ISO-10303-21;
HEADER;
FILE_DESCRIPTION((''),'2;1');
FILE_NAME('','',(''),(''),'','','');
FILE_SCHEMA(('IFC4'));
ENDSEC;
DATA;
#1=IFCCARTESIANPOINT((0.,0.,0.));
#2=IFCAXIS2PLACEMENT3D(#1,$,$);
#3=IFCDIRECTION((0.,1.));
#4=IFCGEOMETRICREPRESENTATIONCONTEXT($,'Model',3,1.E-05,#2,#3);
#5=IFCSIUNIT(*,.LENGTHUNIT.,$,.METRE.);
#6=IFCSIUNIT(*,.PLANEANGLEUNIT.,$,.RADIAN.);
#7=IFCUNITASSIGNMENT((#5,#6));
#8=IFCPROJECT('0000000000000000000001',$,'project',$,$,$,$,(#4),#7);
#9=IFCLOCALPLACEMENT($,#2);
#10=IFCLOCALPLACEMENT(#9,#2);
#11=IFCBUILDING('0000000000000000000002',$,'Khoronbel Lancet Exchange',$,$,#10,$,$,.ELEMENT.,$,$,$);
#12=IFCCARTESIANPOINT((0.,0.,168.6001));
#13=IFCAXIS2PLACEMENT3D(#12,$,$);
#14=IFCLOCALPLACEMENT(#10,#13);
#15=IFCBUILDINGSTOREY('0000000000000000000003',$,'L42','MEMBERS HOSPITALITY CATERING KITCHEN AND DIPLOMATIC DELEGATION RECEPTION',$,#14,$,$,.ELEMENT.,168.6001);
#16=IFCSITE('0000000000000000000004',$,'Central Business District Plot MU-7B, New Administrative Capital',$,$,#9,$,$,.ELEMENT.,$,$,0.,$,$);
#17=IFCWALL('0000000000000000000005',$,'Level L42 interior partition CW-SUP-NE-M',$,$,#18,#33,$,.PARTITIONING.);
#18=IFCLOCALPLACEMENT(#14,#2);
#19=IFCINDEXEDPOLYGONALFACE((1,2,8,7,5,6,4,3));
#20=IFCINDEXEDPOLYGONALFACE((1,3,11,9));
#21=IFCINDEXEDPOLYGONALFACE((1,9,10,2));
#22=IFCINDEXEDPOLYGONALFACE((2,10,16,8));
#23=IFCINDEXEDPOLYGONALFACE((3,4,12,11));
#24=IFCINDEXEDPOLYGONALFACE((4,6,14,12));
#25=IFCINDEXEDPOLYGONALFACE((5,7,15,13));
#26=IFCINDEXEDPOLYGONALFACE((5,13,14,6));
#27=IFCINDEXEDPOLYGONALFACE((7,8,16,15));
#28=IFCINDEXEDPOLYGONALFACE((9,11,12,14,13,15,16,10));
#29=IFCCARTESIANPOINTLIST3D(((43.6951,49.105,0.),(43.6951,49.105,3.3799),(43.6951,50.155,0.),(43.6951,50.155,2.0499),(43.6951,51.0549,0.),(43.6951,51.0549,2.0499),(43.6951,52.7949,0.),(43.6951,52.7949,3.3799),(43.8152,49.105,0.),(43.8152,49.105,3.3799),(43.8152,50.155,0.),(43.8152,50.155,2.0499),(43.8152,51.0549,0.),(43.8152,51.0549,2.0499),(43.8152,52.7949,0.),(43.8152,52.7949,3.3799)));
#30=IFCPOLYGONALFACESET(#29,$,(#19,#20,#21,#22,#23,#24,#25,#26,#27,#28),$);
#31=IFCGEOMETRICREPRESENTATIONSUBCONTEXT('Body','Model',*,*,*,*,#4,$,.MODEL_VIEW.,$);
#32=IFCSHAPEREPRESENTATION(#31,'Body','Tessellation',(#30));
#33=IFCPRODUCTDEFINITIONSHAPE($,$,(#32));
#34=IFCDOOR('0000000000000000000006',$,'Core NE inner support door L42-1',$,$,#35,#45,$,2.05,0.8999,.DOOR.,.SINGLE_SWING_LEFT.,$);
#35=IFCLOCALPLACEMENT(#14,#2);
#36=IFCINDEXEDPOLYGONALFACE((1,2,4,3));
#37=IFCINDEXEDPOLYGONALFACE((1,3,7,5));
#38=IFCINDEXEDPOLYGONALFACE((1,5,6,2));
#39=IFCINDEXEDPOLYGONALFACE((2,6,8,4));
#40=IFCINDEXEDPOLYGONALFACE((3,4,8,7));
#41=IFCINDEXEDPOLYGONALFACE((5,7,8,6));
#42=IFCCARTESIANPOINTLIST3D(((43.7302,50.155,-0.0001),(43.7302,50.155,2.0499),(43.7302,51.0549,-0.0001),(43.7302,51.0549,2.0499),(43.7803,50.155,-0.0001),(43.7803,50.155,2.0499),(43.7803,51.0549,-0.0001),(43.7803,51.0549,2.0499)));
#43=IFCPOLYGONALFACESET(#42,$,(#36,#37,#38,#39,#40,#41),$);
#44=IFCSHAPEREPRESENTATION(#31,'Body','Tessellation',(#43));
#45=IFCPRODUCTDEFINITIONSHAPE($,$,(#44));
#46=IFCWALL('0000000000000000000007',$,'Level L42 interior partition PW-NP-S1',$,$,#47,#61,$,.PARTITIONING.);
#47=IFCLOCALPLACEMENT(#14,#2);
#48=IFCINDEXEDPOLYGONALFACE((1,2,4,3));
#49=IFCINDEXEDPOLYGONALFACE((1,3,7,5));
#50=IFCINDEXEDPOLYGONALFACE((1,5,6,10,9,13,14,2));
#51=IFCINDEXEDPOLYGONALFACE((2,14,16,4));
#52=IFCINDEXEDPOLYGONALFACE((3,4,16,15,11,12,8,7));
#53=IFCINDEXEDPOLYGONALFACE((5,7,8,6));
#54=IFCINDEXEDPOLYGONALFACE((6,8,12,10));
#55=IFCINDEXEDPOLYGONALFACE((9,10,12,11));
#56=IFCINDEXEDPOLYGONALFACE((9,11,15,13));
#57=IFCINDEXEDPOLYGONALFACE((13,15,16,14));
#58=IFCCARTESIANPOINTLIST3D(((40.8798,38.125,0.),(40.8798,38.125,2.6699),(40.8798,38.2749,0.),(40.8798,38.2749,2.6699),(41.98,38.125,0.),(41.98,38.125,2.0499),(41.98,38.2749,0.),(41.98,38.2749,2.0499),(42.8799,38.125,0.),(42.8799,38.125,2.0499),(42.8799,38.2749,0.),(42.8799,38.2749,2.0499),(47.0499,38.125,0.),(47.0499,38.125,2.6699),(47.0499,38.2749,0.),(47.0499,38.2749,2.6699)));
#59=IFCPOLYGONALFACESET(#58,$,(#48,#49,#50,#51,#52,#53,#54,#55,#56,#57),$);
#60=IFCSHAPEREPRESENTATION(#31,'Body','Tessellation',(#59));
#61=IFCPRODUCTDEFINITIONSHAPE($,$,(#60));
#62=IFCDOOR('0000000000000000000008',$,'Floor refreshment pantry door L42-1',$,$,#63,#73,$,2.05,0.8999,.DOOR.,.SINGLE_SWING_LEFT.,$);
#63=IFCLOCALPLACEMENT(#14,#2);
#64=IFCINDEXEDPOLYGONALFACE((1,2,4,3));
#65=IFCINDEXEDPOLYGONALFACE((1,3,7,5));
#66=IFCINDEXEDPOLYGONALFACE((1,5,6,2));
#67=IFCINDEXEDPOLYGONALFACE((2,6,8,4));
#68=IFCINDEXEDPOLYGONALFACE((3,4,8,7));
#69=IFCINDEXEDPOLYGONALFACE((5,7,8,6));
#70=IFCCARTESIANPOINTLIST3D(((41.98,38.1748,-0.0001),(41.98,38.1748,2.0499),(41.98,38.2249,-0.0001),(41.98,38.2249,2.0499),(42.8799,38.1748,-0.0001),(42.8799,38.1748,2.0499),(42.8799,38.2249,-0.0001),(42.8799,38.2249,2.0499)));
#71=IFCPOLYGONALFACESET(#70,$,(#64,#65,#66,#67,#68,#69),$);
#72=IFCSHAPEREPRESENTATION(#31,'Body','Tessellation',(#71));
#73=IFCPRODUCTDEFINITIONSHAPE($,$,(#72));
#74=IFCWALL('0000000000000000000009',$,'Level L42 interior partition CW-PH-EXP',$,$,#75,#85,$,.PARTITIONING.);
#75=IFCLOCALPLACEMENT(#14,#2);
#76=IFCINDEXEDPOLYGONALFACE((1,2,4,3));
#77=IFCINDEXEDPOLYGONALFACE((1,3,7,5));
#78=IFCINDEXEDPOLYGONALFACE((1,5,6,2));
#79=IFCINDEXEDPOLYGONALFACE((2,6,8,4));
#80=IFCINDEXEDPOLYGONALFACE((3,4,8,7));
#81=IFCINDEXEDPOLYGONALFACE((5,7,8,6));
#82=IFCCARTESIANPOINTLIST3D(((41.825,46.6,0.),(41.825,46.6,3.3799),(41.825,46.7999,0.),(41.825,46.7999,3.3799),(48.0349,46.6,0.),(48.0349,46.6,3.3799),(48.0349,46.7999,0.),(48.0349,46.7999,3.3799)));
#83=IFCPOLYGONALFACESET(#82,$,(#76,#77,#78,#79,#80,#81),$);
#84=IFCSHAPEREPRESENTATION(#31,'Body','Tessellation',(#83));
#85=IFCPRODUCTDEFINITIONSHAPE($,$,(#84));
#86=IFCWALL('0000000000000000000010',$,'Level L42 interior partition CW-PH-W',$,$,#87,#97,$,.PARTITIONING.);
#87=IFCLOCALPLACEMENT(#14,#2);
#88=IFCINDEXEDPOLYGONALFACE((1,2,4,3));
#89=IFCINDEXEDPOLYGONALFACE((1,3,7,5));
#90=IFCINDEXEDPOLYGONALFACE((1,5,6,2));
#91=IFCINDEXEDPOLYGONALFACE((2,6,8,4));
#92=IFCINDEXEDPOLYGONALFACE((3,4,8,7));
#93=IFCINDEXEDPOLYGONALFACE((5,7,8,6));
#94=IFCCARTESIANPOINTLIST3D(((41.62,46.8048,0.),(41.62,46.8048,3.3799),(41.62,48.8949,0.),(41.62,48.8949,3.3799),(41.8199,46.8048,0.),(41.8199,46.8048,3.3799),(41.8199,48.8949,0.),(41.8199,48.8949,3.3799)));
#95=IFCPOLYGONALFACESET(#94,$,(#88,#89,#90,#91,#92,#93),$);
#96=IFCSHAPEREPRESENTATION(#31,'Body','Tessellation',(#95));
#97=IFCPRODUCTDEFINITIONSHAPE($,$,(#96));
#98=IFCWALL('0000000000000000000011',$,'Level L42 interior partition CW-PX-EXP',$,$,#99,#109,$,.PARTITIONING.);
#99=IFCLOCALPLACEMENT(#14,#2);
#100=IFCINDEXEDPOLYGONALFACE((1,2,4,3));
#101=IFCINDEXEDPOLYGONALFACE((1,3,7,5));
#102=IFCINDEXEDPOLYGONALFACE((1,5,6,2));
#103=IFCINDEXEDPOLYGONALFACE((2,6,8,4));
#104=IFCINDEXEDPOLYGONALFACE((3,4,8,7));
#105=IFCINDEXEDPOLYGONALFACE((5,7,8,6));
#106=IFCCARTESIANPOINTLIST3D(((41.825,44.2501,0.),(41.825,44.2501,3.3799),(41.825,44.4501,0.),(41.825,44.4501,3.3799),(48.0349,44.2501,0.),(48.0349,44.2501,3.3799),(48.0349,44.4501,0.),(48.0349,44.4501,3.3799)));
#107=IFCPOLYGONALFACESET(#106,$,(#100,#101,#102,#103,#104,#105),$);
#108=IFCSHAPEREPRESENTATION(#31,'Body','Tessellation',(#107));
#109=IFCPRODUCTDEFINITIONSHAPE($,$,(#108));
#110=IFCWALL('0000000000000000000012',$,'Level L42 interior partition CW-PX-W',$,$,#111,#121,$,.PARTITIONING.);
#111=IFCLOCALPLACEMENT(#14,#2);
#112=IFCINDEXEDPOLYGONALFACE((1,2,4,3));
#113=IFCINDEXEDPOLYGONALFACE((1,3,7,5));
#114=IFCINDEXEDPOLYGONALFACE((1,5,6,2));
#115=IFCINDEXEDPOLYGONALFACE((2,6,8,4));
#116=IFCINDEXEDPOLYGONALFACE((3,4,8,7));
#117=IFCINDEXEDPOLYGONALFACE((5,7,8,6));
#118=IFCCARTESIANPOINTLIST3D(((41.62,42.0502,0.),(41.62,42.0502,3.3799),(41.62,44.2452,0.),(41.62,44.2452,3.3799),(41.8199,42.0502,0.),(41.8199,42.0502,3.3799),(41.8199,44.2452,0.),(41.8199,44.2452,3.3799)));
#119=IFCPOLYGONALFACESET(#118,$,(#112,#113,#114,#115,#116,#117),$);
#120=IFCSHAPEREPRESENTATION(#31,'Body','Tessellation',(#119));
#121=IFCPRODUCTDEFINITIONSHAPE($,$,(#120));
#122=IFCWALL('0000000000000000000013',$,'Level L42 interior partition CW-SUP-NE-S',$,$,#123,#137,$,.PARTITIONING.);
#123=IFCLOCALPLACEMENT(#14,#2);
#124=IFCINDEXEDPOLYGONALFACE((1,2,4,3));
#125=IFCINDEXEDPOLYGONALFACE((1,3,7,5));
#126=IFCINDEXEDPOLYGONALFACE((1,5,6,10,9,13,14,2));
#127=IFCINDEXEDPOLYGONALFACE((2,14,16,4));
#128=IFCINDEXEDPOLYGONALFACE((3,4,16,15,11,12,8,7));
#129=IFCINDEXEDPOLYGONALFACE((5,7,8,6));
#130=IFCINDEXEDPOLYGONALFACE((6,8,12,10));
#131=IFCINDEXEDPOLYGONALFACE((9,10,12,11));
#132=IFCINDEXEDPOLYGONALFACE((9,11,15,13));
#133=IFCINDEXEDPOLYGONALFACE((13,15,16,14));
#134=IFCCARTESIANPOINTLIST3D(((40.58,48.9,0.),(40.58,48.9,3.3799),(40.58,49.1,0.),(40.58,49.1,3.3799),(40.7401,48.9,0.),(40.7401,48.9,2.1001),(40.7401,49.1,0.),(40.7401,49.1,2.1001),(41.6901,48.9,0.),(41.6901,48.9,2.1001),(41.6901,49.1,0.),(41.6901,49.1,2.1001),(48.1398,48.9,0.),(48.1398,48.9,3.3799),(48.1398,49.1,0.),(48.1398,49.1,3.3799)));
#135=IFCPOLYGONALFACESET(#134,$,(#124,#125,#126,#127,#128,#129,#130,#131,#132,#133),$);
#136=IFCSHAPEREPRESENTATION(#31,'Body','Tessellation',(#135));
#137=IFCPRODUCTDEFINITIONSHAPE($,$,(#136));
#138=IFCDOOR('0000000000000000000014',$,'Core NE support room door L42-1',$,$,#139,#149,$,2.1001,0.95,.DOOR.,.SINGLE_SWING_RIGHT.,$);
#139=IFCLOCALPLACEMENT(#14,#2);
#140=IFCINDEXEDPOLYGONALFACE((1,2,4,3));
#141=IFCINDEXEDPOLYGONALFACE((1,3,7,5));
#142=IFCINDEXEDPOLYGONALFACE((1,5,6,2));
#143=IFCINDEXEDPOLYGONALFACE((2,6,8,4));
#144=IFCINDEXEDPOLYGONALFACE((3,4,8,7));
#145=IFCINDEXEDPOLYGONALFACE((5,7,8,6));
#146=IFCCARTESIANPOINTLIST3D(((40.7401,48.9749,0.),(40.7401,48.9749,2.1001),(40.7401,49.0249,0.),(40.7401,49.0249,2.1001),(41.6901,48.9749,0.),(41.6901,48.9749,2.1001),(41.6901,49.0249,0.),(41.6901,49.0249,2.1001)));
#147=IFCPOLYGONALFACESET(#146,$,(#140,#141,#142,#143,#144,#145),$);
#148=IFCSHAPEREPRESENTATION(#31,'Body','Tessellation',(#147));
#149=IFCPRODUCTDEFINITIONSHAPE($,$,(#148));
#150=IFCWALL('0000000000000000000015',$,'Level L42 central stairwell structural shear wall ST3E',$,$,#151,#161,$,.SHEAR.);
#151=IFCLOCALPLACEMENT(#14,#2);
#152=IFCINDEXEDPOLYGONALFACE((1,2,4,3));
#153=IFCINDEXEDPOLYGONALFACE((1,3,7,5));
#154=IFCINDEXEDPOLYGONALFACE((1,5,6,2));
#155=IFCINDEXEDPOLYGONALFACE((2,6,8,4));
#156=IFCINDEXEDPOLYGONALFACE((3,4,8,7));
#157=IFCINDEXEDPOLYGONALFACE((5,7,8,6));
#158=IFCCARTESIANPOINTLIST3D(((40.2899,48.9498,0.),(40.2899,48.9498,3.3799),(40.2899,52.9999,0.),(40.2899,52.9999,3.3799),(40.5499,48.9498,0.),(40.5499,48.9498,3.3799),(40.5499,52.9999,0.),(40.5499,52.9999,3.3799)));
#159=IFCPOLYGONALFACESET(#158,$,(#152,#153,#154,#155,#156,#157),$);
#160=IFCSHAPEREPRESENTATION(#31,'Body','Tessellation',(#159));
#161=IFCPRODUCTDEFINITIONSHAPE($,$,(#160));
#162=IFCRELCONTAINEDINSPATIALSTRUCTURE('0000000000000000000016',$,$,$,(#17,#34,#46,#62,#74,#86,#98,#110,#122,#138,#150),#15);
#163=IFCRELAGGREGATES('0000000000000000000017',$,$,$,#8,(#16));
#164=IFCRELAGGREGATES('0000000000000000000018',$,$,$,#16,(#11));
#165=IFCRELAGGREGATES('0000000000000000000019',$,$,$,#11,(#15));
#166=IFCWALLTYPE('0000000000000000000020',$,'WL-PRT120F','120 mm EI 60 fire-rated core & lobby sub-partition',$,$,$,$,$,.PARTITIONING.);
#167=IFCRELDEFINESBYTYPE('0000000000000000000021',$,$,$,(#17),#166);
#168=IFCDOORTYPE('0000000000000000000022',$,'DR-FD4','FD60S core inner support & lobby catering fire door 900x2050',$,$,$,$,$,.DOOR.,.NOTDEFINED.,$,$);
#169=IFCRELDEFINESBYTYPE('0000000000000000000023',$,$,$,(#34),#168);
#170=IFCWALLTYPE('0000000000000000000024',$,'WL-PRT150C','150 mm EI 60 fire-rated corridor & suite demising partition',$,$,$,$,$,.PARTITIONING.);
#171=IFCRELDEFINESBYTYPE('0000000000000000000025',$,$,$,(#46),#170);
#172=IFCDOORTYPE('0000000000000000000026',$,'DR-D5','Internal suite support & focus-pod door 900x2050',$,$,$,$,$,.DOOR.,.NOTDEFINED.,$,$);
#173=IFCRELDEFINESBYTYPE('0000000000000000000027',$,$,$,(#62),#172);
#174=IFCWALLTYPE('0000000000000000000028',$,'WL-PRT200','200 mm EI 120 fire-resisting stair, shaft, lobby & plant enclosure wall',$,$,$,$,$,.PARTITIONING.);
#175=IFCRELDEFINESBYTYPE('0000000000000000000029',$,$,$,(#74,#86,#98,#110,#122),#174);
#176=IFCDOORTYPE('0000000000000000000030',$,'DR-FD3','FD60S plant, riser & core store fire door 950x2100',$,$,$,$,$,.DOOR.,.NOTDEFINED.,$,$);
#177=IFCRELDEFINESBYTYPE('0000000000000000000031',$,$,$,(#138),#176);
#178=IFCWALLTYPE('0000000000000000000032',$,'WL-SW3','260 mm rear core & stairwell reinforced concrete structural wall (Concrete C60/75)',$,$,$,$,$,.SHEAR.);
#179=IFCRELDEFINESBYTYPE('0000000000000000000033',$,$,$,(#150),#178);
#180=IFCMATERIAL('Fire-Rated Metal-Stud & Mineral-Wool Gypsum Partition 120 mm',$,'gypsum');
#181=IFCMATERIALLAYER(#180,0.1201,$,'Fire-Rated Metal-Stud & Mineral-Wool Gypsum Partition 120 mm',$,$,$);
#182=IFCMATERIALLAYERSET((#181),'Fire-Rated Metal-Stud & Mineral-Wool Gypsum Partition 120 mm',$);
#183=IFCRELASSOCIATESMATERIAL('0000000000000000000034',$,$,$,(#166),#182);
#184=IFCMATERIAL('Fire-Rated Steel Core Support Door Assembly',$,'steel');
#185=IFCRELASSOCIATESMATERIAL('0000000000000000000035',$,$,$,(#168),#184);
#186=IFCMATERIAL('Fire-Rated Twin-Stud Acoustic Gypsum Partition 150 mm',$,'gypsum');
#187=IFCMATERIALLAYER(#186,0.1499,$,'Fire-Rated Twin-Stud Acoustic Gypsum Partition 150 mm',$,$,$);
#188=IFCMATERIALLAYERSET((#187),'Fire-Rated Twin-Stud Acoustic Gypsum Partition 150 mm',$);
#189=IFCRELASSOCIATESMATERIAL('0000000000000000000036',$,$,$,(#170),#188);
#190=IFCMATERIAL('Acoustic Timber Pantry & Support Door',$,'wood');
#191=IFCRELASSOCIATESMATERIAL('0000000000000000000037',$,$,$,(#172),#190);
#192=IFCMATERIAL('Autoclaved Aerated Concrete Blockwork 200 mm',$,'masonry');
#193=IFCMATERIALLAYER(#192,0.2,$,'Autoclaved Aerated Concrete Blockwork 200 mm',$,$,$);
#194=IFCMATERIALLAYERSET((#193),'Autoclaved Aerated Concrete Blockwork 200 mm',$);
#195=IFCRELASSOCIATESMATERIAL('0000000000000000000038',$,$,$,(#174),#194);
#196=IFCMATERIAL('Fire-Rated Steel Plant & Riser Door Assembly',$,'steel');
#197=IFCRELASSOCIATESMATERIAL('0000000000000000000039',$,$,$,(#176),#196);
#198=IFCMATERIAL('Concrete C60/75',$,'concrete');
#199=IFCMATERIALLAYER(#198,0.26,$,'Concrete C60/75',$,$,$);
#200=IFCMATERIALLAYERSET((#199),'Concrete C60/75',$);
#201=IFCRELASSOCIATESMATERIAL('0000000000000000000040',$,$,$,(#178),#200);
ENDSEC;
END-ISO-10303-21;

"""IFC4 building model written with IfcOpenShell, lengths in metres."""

from ifc_helpers import new_model, si_unit, direction, frame, frame_2d, origin, place, context, subcontext, project, spatial, rectangle, extrude, material, layer, layer_set, type_object, element, fill, save


model = new_model("IFC4")

# Units and contexts
model_context = context("Model", 3, precision=1e-05, world=origin(), true_north=direction((0.0, 1.0)))
body_context = subcontext(model_context, "Body", "Model", "MODEL_VIEW")
ifc_project = project(units=[si_unit("LENGTHUNIT", "METRE"), si_unit("PLANEANGLEUNIT", "RADIAN")], contexts=[model_context])

# Site, building, storey
site_placement = place(None, origin())
site = spatial("IfcSite", under=ifc_project, at=site_placement, Name="Central Business District Plot MU-7B, New Administrative Capital", CompositionType="ELEMENT", RefElevation=0.0)
building_placement = place(site_placement, origin())
building = spatial("IfcBuilding", under=site, at=building_placement, Name="Khoronbel Lancet Exchange", CompositionType="ELEMENT")
storey_placement = place(building_placement, frame((0.0, 0.0, 168.6001)))
storey = spatial("IfcBuildingStorey", under=building, at=storey_placement, Name="L42", Description="MEMBERS HOSPITALITY CATERING KITCHEN AND DIPLOMATIC DELEGATION RECEPTION", CompositionType="ELEMENT", Elevation=168.6001)

# Shared definitions
ifc_material_1 = material(Name="Fire-Rated Metal-Stud & Mineral-Wool Gypsum Partition 120 mm", Category="gypsum")
ifc_layer_1 = layer(ifc_material_1, 0.1201, Name="Fire-Rated Metal-Stud & Mineral-Wool Gypsum Partition 120 mm")
ifc_layer_set_1 = layer_set([ifc_layer_1], Name="Fire-Rated Metal-Stud & Mineral-Wool Gypsum Partition 120 mm")
wall_type_1 = type_object("IfcWallType", Name="WL-PRT120F", Description="120 mm EI 60 fire-rated core & lobby sub-partition", PredefinedType="PARTITIONING", material=ifc_layer_set_1)

# Walls, openings, doors
wall_1_placement = place(storey_placement, frame((43.7551, 49.105, 0.0), z_axis=(0.0, 0.0, 1.0), x_axis=(0.0, 1.0, 0.0)))
wall_1 = element("IfcWall", 1, at=wall_1_placement, inside=storey, type_object=wall_type_1, Name="Level L42 interior partition CW-SUP-NE-M", PredefinedType="PARTITIONING", context=body_context, shape_type="SweptSolid", body=[
    extrude(rectangle(XDim=3.6899, YDim=0.1201, at=frame_2d((1.845, 0.0))), origin(), (0.0, 0.0, 1.0), 3.3799),
])
opening_1_placement = place(wall_1_placement, frame((1.05, 0.0, 0.0)))
opening_1 = element("IfcOpeningElement", 2, at=opening_1_placement, cuts=wall_1, PredefinedType="OPENING", context=body_context, shape_type="SweptSolid", body=[
    extrude(rectangle(XDim=0.8999, YDim=2.05, at=frame_2d((0.45, 1.0249))), frame((0.0, 0.0701, 0.0), z_axis=(0.0, -1.0, 0.0), x_axis=(1.0, 0.0, 0.0)), (0.0, 0.0, 1.0), 0.1401),
])
ifc_material_2 = material(Name="Fire-Rated Steel Core Support Door Assembly", Category="steel")
door_type_1 = type_object("IfcDoorType", Name="DR-FD4", Description="FD60S core inner support & lobby catering fire door 900x2050", OperationType="NOTDEFINED", PredefinedType="DOOR", material=ifc_material_2)
door_1_placement = place(opening_1_placement, origin())
door_1 = element("IfcDoor", 3, at=door_1_placement, inside=storey, type_object=door_type_1, Name="Core NE inner support door L42-1", OperationType="SINGLE_SWING_LEFT", OverallHeight=2.05, OverallWidth=0.8999, PredefinedType="DOOR", context=body_context, shape_type="SweptSolid", body=[
    extrude(rectangle(XDim=0.8999, YDim=2.05, at=frame_2d((0.45, 1.0249))), frame((0.0, 0.0249, 0.0), z_axis=(0.0, -1.0, 0.0), x_axis=(1.0, 0.0, 0.0)), (0.0, 0.0, 1.0), 0.05),
])
fill(opening_1, door_1)
ifc_material_3 = material(Name="Fire-Rated Twin-Stud Acoustic Gypsum Partition 150 mm", Category="gypsum")
ifc_layer_2 = layer(ifc_material_3, 0.1499, Name="Fire-Rated Twin-Stud Acoustic Gypsum Partition 150 mm")
ifc_layer_set_2 = layer_set([ifc_layer_2], Name="Fire-Rated Twin-Stud Acoustic Gypsum Partition 150 mm")
wall_type_2 = type_object("IfcWallType", Name="WL-PRT150C", Description="150 mm EI 60 fire-rated corridor & suite demising partition", PredefinedType="PARTITIONING", material=ifc_layer_set_2)
wall_2_placement = place(storey_placement, frame((40.8799, 38.2, 0.0), z_axis=(0.0, 0.0, 1.0), x_axis=(1.0, 0.0, 0.0)))
wall_2 = element("IfcWall", 4, at=wall_2_placement, inside=storey, type_object=wall_type_2, Name="Level L42 interior partition PW-NP-S1", PredefinedType="PARTITIONING", context=body_context, shape_type="SweptSolid", body=[
    extrude(rectangle(XDim=6.1702, YDim=0.1499, at=frame_2d((3.085, 0.0))), origin(), (0.0, 0.0, 1.0), 2.6699),
])
opening_2_placement = place(wall_2_placement, frame((1.1001, 0.0, 0.0)))
opening_2 = element("IfcOpeningElement", 5, at=opening_2_placement, cuts=wall_2, PredefinedType="OPENING", context=body_context, shape_type="SweptSolid", body=[
    extrude(rectangle(XDim=0.8999, YDim=2.05, at=frame_2d((0.45, 1.0249))), frame((0.0, 0.085, 0.0), z_axis=(0.0, -1.0, 0.0), x_axis=(1.0, 0.0, 0.0)), (0.0, 0.0, 1.0), 0.1699),
])
ifc_material_4 = material(Name="Acoustic Timber Pantry & Support Door", Category="wood")
door_type_2 = type_object("IfcDoorType", Name="DR-D5", Description="Internal suite support & focus-pod door 900x2050", OperationType="NOTDEFINED", PredefinedType="DOOR", material=ifc_material_4)
door_2_placement = place(opening_2_placement, origin())
door_2 = element("IfcDoor", 6, at=door_2_placement, inside=storey, type_object=door_type_2, Name="Floor refreshment pantry door L42-1", OperationType="SINGLE_SWING_LEFT", OverallHeight=2.05, OverallWidth=0.8999, PredefinedType="DOOR", context=body_context, shape_type="SweptSolid", body=[
    extrude(rectangle(XDim=0.8999, YDim=2.05, at=frame_2d((0.45, 1.0249))), frame((0.0, 0.0249, 0.0), z_axis=(0.0, -1.0, 0.0), x_axis=(1.0, 0.0, 0.0)), (0.0, 0.0, 1.0), 0.05),
])
fill(opening_2, door_2)

# Walls
ifc_material_5 = material(Name="Autoclaved Aerated Concrete Blockwork 200 mm", Category="masonry")
ifc_layer_3 = layer(ifc_material_5, 0.2, Name="Autoclaved Aerated Concrete Blockwork 200 mm")
ifc_layer_set_3 = layer_set([ifc_layer_3], Name="Autoclaved Aerated Concrete Blockwork 200 mm")
wall_type_3 = type_object("IfcWallType", Name="WL-PRT200", Description="200 mm EI 120 fire-resisting stair, shaft, lobby & plant enclosure wall", PredefinedType="PARTITIONING", material=ifc_layer_set_3)
wall_3_placement = place(storey_placement, frame((41.825, 46.7, 0.0), z_axis=(0.0, 0.0, 1.0), x_axis=(1.0, 0.0, 0.0)))
element("IfcWall", 7, at=wall_3_placement, inside=storey, type_object=wall_type_3, Name="Level L42 interior partition CW-PH-EXP", PredefinedType="PARTITIONING", context=body_context, shape_type="SweptSolid", body=[
    extrude(rectangle(XDim=6.21, YDim=0.2, at=frame_2d((3.105, 0.0))), origin(), (0.0, 0.0, 1.0), 3.3799),
])
wall_4_placement = place(storey_placement, frame((41.72, 46.8049, 0.0), z_axis=(0.0, 0.0, 1.0), x_axis=(0.0, 1.0, 0.0)))
element("IfcWall", 8, at=wall_4_placement, inside=storey, type_object=wall_type_3, Name="Level L42 interior partition CW-PH-W", PredefinedType="PARTITIONING", context=body_context, shape_type="SweptSolid", body=[
    extrude(rectangle(XDim=2.0901, YDim=0.2, at=frame_2d((1.0449, 0.0))), origin(), (0.0, 0.0, 1.0), 3.3799),
])
wall_5_placement = place(storey_placement, frame((41.825, 44.3501, 0.0), z_axis=(0.0, 0.0, 1.0), x_axis=(1.0, 0.0, 0.0)))
element("IfcWall", 9, at=wall_5_placement, inside=storey, type_object=wall_type_3, Name="Level L42 interior partition CW-PX-EXP", PredefinedType="PARTITIONING", context=body_context, shape_type="SweptSolid", body=[
    extrude(rectangle(XDim=6.21, YDim=0.2, at=frame_2d((3.105, 0.0))), origin(), (0.0, 0.0, 1.0), 3.3799),
])
wall_6_placement = place(storey_placement, frame((41.72, 42.05, 0.0), z_axis=(0.0, 0.0, 1.0), x_axis=(0.0, 1.0, 0.0)))
element("IfcWall", 10, at=wall_6_placement, inside=storey, type_object=wall_type_3, Name="Level L42 interior partition CW-PX-W", PredefinedType="PARTITIONING", context=body_context, shape_type="SweptSolid", body=[
    extrude(rectangle(XDim=2.1951, YDim=0.2, at=frame_2d((1.0977, 0.0))), origin(), (0.0, 0.0, 1.0), 3.3799),
])

# Wall, opening, door
wall_7_placement = place(storey_placement, frame((40.5801, 49.0, 0.0), z_axis=(0.0, 0.0, 1.0), x_axis=(1.0, 0.0, 0.0)))
wall_7 = element("IfcWall", 11, at=wall_7_placement, inside=storey, type_object=wall_type_3, Name="Level L42 interior partition CW-SUP-NE-S", PredefinedType="PARTITIONING", context=body_context, shape_type="SweptSolid", body=[
    extrude(rectangle(XDim=7.5598, YDim=0.2, at=frame_2d((3.7798, 0.0))), origin(), (0.0, 0.0, 1.0), 3.3799),
])
opening_3_placement = place(wall_7_placement, frame((0.1599, 0.0, 0.0)))
opening_3 = element("IfcOpeningElement", 12, at=opening_3_placement, cuts=wall_7, PredefinedType="OPENING", context=body_context, shape_type="SweptSolid", body=[
    extrude(rectangle(XDim=0.95, YDim=2.1001, at=frame_2d((0.4751, 1.05))), frame((0.0, 0.1099, 0.0), z_axis=(0.0, -1.0, 0.0), x_axis=(1.0, 0.0, 0.0)), (0.0, 0.0, 1.0), 0.22),
])
ifc_material_6 = material(Name="Fire-Rated Steel Plant & Riser Door Assembly", Category="steel")
door_type_3 = type_object("IfcDoorType", Name="DR-FD3", Description="FD60S plant, riser & core store fire door 950x2100", OperationType="NOTDEFINED", PredefinedType="DOOR", material=ifc_material_6)
door_3_placement = place(opening_3_placement, origin())
door_3 = element("IfcDoor", 13, at=door_3_placement, inside=storey, type_object=door_type_3, Name="Core NE support room door L42-1", OperationType="SINGLE_SWING_RIGHT", OverallHeight=2.1001, OverallWidth=0.95, PredefinedType="DOOR", context=body_context, shape_type="SweptSolid", body=[
    extrude(rectangle(XDim=0.95, YDim=2.1001, at=frame_2d((0.4751, 1.05))), frame((0.0, 0.0249, 0.0), z_axis=(0.0, -1.0, 0.0), x_axis=(1.0, 0.0, 0.0)), (0.0, 0.0, 1.0), 0.05),
])
fill(opening_3, door_3)

# Wall
ifc_material_7 = material(Name="Concrete C60/75", Category="concrete")
ifc_layer_4 = layer(ifc_material_7, 0.26, Name="Concrete C60/75")
ifc_layer_set_4 = layer_set([ifc_layer_4], Name="Concrete C60/75")
wall_type_4 = type_object("IfcWallType", Name="WL-SW3", Description="260 mm rear core & stairwell reinforced concrete structural wall (Concrete C60/75)", PredefinedType="SHEAR", material=ifc_layer_set_4)
wall_8_placement = place(storey_placement, frame((40.4199, 48.95, 0.0), z_axis=(0.0, 0.0, 1.0), x_axis=(0.0, 1.0, 0.0)))
element("IfcWall", 14, at=wall_8_placement, inside=storey, type_object=wall_type_4, Name="Level L42 central stairwell structural shear wall ST3E", PredefinedType="SHEAR", context=body_context, shape_type="SweptSolid", body=[
    extrude(rectangle(XDim=4.05, YDim=0.26, at=frame_2d((2.0249, 0.0))), origin(), (0.0, 0.0, 1.0), 3.3799),
])

save(model, "model.ifc")
